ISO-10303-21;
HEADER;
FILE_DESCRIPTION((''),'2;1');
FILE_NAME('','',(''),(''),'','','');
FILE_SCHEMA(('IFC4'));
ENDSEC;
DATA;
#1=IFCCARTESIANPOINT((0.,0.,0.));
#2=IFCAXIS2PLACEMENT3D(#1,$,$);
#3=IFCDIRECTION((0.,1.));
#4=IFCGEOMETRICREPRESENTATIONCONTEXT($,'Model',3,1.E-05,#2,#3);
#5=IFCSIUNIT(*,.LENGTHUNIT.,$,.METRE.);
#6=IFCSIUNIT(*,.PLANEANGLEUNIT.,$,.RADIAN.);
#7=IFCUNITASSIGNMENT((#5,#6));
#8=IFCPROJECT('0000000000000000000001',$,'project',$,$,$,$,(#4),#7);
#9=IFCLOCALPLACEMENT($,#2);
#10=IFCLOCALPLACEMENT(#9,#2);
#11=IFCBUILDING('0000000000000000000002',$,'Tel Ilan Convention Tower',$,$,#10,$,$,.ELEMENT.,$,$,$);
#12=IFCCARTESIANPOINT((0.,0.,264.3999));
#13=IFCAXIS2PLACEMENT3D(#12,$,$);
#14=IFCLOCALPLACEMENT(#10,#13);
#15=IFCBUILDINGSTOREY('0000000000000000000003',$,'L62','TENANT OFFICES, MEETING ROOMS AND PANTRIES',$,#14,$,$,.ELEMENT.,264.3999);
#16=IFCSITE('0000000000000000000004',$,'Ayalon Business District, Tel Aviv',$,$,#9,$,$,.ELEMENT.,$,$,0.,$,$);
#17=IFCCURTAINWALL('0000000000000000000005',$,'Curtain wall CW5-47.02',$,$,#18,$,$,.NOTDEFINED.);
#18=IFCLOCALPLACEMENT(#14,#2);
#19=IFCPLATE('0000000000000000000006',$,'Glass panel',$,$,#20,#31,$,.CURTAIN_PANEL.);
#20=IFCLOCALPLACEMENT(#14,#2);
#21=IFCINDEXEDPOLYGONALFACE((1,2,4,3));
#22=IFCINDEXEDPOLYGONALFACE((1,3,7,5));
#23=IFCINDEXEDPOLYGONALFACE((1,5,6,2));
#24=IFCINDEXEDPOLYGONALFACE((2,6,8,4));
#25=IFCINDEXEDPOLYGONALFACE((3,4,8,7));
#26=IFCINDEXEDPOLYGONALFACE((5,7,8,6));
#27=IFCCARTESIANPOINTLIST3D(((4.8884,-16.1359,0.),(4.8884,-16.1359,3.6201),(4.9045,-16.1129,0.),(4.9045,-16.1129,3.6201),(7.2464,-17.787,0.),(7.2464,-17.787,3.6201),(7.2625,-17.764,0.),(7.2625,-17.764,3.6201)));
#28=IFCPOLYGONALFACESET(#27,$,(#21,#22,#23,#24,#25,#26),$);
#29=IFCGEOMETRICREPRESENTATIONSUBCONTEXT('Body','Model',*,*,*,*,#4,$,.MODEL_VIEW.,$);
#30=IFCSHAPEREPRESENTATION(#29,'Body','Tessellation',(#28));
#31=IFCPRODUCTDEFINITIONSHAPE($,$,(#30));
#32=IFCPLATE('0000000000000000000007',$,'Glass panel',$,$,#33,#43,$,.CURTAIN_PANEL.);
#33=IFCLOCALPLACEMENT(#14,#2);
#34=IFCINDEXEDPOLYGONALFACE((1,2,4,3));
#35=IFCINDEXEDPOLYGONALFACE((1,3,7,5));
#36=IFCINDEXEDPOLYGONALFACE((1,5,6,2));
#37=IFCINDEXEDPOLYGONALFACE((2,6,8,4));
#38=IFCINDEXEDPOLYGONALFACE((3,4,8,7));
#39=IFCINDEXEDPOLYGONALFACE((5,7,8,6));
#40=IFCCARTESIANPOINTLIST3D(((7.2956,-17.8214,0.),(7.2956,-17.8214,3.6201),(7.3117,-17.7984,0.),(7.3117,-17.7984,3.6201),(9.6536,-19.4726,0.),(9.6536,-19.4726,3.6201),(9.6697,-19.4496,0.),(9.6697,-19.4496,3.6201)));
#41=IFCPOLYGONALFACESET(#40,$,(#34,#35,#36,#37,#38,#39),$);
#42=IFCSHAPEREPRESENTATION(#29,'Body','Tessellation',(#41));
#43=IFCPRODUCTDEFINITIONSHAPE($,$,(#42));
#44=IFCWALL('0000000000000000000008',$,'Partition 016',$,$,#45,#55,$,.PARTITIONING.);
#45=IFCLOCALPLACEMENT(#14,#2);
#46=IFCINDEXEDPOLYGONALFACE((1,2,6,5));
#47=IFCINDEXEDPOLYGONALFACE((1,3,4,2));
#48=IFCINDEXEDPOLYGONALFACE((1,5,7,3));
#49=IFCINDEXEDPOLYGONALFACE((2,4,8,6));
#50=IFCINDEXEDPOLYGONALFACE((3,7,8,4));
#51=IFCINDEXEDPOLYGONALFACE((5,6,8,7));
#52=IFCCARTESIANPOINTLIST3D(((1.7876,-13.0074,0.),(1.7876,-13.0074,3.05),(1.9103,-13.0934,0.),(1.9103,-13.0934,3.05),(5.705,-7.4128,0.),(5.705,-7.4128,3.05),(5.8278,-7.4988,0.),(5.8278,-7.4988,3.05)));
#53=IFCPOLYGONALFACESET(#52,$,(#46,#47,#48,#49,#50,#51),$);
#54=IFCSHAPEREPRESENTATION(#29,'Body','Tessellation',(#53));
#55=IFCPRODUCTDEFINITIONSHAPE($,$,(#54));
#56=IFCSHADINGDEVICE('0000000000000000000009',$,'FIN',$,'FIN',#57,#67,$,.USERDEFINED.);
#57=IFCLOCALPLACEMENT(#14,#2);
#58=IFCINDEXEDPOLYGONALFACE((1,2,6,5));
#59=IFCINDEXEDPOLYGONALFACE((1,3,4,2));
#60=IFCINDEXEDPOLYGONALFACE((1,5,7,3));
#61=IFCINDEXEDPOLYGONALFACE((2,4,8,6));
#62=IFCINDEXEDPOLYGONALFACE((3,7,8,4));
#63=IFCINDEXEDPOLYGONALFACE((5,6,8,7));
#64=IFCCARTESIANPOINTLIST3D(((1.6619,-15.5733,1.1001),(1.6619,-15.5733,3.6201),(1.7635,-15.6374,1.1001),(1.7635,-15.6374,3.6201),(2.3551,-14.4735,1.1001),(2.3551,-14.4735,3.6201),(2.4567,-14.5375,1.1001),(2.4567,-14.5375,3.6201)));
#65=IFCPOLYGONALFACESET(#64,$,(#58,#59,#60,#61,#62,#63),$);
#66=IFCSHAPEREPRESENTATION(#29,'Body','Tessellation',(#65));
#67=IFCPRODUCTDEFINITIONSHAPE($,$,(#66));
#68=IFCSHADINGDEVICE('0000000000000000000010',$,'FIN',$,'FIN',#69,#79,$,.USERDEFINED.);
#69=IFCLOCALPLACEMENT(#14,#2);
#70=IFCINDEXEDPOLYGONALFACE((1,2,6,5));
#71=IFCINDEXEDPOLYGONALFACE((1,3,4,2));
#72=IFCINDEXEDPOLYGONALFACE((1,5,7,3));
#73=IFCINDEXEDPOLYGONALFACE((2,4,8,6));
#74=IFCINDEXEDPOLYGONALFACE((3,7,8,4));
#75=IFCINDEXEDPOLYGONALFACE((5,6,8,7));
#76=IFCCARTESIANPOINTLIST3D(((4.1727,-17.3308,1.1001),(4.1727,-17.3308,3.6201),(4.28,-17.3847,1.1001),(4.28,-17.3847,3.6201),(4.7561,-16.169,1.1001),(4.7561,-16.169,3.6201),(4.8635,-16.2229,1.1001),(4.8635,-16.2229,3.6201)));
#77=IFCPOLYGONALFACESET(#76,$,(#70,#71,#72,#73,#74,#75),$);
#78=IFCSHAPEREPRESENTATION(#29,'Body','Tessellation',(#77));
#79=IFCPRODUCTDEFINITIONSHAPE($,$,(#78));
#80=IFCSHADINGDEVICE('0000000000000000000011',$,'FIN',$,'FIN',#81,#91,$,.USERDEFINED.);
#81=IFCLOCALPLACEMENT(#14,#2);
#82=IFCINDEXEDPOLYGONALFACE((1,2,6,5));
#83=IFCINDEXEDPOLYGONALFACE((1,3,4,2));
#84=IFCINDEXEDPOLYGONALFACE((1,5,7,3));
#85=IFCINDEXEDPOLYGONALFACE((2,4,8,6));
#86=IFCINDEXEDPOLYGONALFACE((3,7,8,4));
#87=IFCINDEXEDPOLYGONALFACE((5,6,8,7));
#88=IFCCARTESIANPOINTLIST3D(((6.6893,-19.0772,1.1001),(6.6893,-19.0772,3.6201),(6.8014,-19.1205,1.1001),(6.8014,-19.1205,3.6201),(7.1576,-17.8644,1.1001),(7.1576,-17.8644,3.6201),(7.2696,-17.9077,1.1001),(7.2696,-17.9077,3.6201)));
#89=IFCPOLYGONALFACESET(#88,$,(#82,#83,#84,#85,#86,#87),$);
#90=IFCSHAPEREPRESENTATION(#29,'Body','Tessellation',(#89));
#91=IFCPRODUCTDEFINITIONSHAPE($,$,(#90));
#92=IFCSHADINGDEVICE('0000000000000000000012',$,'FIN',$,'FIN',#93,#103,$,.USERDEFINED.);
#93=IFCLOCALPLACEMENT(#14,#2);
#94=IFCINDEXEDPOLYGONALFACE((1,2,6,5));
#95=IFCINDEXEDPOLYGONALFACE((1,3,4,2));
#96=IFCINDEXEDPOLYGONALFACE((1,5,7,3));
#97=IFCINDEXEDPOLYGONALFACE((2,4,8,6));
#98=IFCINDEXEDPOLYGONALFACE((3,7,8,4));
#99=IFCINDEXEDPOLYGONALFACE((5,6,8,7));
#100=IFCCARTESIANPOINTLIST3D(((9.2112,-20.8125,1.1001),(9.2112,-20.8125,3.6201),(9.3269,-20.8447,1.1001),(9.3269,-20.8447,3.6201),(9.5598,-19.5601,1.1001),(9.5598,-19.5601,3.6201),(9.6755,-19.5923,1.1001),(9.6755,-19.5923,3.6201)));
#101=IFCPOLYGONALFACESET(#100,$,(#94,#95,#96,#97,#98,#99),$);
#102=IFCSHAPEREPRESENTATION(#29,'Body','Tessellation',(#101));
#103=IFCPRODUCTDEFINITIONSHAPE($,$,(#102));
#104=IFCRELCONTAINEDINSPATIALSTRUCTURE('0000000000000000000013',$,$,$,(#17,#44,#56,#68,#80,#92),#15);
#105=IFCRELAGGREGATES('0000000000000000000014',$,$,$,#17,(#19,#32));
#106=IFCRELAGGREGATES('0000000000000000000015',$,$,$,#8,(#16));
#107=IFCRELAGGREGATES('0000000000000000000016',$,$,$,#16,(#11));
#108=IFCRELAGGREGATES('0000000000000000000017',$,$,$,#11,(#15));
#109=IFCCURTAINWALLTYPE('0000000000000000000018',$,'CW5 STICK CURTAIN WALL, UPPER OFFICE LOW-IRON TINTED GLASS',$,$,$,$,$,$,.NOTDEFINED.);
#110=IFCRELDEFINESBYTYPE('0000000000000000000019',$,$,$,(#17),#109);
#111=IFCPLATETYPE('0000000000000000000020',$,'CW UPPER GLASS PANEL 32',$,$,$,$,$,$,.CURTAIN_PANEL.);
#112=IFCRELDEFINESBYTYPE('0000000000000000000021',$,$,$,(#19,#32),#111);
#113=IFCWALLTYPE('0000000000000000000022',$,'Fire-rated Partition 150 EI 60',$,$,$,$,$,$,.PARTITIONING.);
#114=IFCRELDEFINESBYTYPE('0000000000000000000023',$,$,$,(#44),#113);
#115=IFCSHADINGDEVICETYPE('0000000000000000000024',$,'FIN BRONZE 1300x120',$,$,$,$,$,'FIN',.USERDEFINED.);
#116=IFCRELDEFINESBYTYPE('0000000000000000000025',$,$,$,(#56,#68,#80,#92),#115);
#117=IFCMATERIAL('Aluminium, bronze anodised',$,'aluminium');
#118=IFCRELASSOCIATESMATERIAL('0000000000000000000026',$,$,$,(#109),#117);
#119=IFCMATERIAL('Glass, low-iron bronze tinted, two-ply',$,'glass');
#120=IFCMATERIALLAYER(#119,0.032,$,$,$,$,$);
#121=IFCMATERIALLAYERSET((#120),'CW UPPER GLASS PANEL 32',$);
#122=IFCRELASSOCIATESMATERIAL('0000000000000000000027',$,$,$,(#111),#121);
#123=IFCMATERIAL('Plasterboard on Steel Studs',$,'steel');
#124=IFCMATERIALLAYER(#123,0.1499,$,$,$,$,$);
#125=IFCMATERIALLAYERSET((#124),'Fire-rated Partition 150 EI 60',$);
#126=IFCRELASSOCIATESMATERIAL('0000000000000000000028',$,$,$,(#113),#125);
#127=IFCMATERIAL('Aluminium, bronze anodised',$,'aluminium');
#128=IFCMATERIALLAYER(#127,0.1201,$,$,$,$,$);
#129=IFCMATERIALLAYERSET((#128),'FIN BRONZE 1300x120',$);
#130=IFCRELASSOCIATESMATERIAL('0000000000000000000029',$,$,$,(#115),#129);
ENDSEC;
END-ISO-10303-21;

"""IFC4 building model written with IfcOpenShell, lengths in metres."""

from ifc_helpers import new_model, si_unit, direction, frame, frame_2d, origin, origin_2d, place, context, subcontext, project, spatial, rectangle, extrude, material, layer, layer_set, type_object, element, aggregate, save


model = new_model("IFC4")

# Units and contexts
model_context = context("Model", 3, precision=1e-05, world=origin(), true_north=direction((0.0, 1.0)))
body_context = subcontext(model_context, "Body", "Model", "MODEL_VIEW")
ifc_project = project(units=[si_unit("LENGTHUNIT", "METRE"), si_unit("PLANEANGLEUNIT", "RADIAN")], contexts=[model_context])

# Site, building, storey
site_placement = place(None, origin())
site = spatial("IfcSite", under=ifc_project, at=site_placement, Name="Ayalon Business District, Tel Aviv", CompositionType="ELEMENT", RefElevation=0.0)
building_placement = place(site_placement, origin())
building = spatial("IfcBuilding", under=site, at=building_placement, Name="Tel Ilan Convention Tower", CompositionType="ELEMENT")
storey_placement = place(building_placement, frame((0.0, 0.0, 264.3999)))
storey = spatial("IfcBuildingStorey", under=building, at=storey_placement, Name="L62", Description="TENANT OFFICES, MEETING ROOMS AND PANTRIES", CompositionType="ELEMENT", Elevation=264.3999)

# Curtain wall, plates
ifc_material_1 = material(Name="Aluminium, bronze anodised", Category="aluminium")
curtain_wall_type = type_object("IfcCurtainWallType", Name="CW5 STICK CURTAIN WALL, UPPER OFFICE LOW-IRON TINTED GLASS", PredefinedType="NOTDEFINED", material=ifc_material_1)
curtain_wall_placement = place(storey_placement, origin())
curtain_wall = element("IfcCurtainWall", 1, at=curtain_wall_placement, inside=storey, type_object=curtain_wall_type, Name="Curtain wall CW5-47.02", PredefinedType="NOTDEFINED")
ifc_material_2 = material(Name="Glass, low-iron bronze tinted, two-ply", Category="glass")
ifc_layer_1 = layer(ifc_material_2, 0.032)
ifc_layer_set_1 = layer_set([ifc_layer_1], Name="CW UPPER GLASS PANEL 32")
plate_type = type_object("IfcPlateType", Name="CW UPPER GLASS PANEL 32", PredefinedType="CURTAIN_PANEL", material=ifc_layer_set_1)
plate_1_placement = place(storey_placement, frame((6.0754, -16.95, 0.0), z_axis=(0.0, 0.0, 1.0), x_axis=(0.819152, -0.573576, 0.0)))
plate_1 = element("IfcPlate", 2, at=plate_1_placement, type_object=plate_type, Name="Glass panel", PredefinedType="CURTAIN_PANEL", context=body_context, shape_type="SweptSolid", body=[
    extrude(rectangle(XDim=2.8787, YDim=0.0281, at=origin_2d()), origin(), (0.0, 0.0, 1.0), 3.6201),
])
plate_2_placement = place(storey_placement, frame((8.4827, -18.6355, 0.0), z_axis=(0.0, 0.0, 1.0), x_axis=(0.819152, -0.573576, 0.0)))
plate_2 = element("IfcPlate", 3, at=plate_2_placement, type_object=plate_type, Name="Glass panel", PredefinedType="CURTAIN_PANEL", context=body_context, shape_type="SweptSolid", body=[
    extrude(rectangle(XDim=2.8787, YDim=0.0281, at=origin_2d()), origin(), (0.0, 0.0, 1.0), 3.6201),
])
aggregate(curtain_wall, [plate_1, plate_2])

# Wall
ifc_material_3 = material(Name="Plasterboard on Steel Studs", Category="steel")
ifc_layer_2 = layer(ifc_material_3, 0.1499)
ifc_layer_set_2 = layer_set([ifc_layer_2], Name="Fire-rated Partition 150 EI 60")
wall_type = type_object("IfcWallType", Name="Fire-rated Partition 150 EI 60", PredefinedType="PARTITIONING", material=ifc_layer_set_2)
wall_placement = place(storey_placement, frame((1.8489, -13.0505, 0.0), z_axis=(0.0, 0.0, 1.0), x_axis=(0.573577, 0.819151, 0.0)))
element("IfcWall", 4, at=wall_placement, inside=storey, type_object=wall_type, Name="Partition 016", PredefinedType="PARTITIONING", context=body_context, shape_type="SweptSolid", body=[
    extrude(rectangle(XDim=6.8298, YDim=0.1499, at=frame_2d((3.415, 0.0))), origin(), (0.0, 0.0, 1.0), 3.05),
])

# Shading devices
ifc_material_4 = material(Name="Aluminium, bronze anodised", Category="aluminium")
ifc_layer_3 = layer(ifc_material_4, 0.1201)
ifc_layer_set_3 = layer_set([ifc_layer_3], Name="FIN BRONZE 1300x120")
shading_device_type = type_object("IfcShadingDeviceType", Name="FIN BRONZE 1300x120", ElementType="FIN", PredefinedType="USERDEFINED", material=ifc_layer_set_3)
for number, where, z_axis, x_axis, name in (
    (5, (2.0593, -15.0554, 1.1001), (0.0, 0.0, 1.0), (-0.533204, -0.845986, 0.0), "FIN"),
    (6, (4.5181, -16.7769, 1.1001), (0.0, 0.0, 1.0), (-0.448799, -0.893633, 0.0), "FIN"),
    (7, (6.9795, -18.4924, 1.1001), (0.0, 0.0, 1.0), (-0.360178, -0.932884, 0.0), "FIN"),
    (8, (9.4434, -20.2024, 1.1001), (0.0, 0.0, 1.0), (-0.268173, -0.963371, 0.0), "FIN"),
):
    element("IfcShadingDevice", number, at=place(storey_placement, frame(where, z_axis=z_axis, x_axis=x_axis)), inside=storey, type_object=shading_device_type, Name=name, ObjectType="FIN", PredefinedType="USERDEFINED", context=body_context, shape_type="SweptSolid", body=[
        extrude(rectangle(XDim=1.3, YDim=0.1201, at=origin_2d()), origin(), (0.0, 0.0, 1.0), 2.52),
    ])

save(model, "model.ifc")
